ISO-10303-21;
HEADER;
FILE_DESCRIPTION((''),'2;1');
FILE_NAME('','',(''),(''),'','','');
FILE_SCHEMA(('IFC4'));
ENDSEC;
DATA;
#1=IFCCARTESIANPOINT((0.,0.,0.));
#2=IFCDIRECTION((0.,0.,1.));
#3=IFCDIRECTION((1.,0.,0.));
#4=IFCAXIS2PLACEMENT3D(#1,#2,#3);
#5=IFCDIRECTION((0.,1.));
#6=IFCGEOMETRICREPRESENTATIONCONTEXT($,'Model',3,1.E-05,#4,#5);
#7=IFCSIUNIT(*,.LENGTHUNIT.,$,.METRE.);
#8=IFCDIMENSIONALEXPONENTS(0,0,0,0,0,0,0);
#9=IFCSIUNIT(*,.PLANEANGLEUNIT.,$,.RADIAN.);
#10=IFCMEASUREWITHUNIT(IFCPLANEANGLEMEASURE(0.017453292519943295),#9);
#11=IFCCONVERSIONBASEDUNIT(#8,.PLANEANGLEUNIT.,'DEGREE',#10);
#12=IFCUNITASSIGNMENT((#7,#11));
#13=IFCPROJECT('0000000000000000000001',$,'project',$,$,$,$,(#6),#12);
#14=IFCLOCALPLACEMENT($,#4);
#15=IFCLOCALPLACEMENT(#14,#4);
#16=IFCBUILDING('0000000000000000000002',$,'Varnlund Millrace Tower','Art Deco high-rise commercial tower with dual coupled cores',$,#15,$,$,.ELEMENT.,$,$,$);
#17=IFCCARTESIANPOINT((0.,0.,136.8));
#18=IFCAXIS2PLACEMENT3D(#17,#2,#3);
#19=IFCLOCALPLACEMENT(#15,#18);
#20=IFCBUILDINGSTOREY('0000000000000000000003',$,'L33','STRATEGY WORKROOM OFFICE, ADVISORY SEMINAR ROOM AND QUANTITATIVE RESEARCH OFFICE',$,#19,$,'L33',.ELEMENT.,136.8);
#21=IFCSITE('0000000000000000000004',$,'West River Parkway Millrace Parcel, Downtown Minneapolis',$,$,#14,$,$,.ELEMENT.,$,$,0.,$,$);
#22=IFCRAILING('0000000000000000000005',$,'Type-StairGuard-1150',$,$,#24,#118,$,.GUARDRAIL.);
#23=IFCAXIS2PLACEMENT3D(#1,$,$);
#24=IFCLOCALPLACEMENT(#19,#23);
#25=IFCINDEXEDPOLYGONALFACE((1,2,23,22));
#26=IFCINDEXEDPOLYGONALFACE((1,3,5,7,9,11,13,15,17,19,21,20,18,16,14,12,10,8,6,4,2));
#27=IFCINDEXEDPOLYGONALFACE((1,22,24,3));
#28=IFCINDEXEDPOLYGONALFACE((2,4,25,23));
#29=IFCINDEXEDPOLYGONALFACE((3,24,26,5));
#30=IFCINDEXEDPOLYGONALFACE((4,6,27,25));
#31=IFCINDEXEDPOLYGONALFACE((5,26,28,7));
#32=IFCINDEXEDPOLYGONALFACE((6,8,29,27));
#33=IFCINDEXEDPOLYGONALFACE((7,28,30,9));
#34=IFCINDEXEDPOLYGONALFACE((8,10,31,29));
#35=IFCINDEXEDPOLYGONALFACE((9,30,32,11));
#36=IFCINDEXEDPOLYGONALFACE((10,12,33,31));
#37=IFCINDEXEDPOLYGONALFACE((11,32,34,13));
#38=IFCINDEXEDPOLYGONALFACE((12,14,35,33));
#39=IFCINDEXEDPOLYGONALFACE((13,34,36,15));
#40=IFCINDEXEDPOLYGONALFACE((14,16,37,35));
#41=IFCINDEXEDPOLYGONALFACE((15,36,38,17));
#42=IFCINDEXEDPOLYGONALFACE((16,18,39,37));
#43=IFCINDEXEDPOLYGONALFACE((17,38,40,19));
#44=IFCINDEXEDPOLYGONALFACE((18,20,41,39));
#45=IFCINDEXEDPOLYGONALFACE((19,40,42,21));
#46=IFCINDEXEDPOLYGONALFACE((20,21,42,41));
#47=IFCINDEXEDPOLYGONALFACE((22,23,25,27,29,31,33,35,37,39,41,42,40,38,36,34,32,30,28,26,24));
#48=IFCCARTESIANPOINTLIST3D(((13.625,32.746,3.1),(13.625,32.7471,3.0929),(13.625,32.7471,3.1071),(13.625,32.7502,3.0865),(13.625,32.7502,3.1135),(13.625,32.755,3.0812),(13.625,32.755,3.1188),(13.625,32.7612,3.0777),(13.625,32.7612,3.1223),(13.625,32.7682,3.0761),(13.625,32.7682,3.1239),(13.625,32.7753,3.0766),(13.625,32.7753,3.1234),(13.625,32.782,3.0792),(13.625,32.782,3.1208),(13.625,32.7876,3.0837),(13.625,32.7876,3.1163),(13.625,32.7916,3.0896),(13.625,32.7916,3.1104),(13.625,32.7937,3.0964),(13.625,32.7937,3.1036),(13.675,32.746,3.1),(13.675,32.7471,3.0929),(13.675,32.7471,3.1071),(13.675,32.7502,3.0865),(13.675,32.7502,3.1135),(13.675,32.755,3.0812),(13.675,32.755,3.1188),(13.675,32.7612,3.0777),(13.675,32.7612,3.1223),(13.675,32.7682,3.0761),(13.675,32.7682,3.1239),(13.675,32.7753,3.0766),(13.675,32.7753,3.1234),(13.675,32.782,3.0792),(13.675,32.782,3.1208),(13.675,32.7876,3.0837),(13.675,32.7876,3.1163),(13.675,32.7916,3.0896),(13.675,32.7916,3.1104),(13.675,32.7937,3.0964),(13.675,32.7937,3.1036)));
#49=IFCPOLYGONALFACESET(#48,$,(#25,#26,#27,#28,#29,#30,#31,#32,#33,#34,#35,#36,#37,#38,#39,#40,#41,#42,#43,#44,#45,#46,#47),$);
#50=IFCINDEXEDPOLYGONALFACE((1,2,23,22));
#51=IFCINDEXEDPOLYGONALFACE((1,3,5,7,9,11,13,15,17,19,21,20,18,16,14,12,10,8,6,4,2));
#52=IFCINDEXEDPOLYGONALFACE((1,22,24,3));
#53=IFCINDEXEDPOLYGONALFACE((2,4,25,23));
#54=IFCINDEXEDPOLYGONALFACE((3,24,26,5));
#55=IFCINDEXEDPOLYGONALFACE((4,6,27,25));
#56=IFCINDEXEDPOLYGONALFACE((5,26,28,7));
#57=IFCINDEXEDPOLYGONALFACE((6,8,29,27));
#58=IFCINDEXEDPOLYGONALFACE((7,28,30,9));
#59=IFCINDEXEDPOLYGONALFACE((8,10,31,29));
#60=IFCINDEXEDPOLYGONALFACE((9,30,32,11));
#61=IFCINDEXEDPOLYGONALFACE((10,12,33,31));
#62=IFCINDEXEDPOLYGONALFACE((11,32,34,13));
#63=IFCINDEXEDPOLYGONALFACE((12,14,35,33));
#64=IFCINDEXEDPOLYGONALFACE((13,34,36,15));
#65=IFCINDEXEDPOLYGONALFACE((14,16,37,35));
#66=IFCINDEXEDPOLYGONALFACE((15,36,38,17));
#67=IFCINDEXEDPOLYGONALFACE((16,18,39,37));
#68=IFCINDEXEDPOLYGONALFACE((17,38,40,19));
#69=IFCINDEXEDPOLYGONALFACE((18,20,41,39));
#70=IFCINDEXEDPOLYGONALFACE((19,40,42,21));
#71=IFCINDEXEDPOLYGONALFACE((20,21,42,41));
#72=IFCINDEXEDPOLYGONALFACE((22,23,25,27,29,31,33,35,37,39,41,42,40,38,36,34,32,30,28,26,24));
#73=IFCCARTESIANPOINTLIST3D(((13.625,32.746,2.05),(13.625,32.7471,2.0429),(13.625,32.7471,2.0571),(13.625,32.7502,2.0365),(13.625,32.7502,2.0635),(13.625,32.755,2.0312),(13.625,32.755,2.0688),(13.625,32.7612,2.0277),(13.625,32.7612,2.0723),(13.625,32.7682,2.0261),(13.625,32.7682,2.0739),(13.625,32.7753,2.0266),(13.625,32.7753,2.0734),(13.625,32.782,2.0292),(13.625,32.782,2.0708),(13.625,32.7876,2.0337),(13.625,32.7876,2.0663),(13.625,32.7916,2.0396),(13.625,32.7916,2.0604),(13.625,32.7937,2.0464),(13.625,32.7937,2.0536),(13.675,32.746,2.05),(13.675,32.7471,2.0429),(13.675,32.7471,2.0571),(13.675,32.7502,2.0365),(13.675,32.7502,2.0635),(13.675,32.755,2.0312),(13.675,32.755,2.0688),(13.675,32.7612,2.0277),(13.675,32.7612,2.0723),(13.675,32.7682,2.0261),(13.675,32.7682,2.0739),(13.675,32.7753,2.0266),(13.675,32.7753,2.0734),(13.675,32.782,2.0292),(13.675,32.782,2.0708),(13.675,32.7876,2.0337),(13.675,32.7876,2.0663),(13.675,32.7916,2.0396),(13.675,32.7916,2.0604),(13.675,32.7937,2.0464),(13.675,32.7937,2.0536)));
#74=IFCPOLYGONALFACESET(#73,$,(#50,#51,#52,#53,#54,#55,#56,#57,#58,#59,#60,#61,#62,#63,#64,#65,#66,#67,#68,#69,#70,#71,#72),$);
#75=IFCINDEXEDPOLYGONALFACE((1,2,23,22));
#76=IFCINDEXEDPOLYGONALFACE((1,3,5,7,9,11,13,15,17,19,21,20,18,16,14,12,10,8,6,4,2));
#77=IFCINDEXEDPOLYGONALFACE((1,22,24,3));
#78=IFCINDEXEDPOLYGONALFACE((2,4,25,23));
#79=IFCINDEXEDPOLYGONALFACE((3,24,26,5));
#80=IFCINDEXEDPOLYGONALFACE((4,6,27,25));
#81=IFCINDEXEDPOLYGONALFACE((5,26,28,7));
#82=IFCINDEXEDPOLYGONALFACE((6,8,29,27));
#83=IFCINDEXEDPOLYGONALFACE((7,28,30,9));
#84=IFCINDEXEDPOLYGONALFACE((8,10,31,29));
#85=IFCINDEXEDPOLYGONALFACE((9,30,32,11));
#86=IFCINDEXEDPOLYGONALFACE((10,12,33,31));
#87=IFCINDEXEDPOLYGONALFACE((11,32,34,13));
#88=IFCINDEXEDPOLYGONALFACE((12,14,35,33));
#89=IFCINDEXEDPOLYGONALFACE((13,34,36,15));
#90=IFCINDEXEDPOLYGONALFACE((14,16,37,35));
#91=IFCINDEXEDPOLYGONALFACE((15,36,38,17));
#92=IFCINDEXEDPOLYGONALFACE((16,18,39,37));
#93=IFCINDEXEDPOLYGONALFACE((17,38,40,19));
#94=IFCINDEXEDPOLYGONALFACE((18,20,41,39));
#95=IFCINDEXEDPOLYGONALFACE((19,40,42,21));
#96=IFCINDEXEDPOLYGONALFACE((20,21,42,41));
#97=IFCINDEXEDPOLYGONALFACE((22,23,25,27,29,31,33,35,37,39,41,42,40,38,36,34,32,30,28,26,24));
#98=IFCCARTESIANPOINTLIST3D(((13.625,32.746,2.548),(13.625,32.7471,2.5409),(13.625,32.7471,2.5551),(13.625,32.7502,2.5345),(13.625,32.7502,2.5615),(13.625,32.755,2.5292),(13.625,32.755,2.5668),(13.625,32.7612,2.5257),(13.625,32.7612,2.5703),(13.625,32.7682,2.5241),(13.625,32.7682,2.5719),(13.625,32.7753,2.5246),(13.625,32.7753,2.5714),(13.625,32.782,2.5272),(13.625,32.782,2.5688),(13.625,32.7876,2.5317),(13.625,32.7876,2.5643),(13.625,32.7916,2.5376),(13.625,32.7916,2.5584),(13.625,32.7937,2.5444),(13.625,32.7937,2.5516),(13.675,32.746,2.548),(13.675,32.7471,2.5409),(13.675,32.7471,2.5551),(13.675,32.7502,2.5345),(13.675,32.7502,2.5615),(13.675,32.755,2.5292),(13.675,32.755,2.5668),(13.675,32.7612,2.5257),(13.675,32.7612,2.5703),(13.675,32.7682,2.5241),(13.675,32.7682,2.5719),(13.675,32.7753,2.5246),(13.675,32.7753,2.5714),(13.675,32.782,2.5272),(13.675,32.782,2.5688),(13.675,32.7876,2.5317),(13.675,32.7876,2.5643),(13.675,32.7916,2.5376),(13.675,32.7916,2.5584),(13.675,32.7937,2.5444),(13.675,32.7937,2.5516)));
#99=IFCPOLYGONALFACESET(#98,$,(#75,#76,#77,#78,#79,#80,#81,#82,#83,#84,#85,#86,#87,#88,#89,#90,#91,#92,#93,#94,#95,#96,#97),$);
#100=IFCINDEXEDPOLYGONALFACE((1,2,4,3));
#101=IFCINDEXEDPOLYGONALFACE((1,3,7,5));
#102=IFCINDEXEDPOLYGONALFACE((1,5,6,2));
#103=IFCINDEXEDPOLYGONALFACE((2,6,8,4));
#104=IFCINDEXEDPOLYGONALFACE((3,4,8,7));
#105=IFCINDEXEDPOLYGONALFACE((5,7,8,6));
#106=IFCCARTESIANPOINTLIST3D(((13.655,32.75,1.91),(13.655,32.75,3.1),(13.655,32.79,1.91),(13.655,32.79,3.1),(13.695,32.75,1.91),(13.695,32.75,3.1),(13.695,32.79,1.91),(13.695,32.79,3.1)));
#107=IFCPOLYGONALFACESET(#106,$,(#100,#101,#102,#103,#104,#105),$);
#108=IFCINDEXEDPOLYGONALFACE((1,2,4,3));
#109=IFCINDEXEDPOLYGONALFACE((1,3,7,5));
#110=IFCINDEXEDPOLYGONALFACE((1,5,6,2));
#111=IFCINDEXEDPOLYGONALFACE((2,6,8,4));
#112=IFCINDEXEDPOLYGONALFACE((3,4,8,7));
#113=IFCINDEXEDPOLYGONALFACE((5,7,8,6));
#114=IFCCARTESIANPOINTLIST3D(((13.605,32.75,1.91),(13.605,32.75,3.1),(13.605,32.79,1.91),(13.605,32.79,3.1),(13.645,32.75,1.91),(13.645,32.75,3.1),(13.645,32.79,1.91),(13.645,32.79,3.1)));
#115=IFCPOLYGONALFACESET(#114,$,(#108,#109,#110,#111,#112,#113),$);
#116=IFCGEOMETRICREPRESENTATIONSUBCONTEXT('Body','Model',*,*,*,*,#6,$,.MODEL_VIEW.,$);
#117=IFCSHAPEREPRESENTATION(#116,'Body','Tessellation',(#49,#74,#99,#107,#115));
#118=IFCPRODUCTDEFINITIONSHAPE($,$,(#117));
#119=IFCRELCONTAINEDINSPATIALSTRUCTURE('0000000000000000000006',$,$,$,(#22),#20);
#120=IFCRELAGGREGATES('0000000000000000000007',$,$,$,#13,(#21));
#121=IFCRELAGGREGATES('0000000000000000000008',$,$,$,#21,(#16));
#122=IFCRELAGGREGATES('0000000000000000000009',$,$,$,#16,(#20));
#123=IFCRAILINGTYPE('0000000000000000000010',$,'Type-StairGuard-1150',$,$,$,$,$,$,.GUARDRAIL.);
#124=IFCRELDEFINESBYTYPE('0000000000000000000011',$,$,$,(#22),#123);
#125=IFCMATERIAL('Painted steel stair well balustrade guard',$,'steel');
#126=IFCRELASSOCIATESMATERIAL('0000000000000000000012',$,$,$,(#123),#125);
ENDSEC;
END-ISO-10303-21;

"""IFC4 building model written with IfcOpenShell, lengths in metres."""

from ifc_helpers import new_model, entity, si_unit, converted_unit, direction, frame, origin_with_axes, origin_2d_with_axis, place, context, subcontext, project, spatial, rectangle, circle, extrude, material, type_object, element, save


model = new_model("IFC4")

# Units and contexts
model_context = context("Model", 3, precision=1e-05, world=origin_with_axes(), true_north=direction((0.0, 1.0)))
body_context = subcontext(model_context, "Body", "Model", "MODEL_VIEW")
ifc_project = project(units=[si_unit("LENGTHUNIT", "METRE"), converted_unit("PLANEANGLEUNIT", "DEGREE", entity("IfcPlaneAngleMeasure", 0.017453292519943295), si_unit("PLANEANGLEUNIT", "RADIAN"), dimensions=[0, 0, 0, 0, 0, 0, 0])], contexts=[model_context])

# Site, building, storey
site_placement = place(None, origin_with_axes())
site = spatial("IfcSite", under=ifc_project, at=site_placement, Name="West River Parkway Millrace Parcel, Downtown Minneapolis", CompositionType="ELEMENT", RefElevation=0.0)
building_placement = place(site_placement, origin_with_axes())
building = spatial("IfcBuilding", under=site, at=building_placement, Name="Varnlund Millrace Tower", Description="Art Deco high-rise commercial tower with dual coupled cores", CompositionType="ELEMENT")
storey_placement = place(building_placement, frame((0.0, 0.0, 136.8), z_axis=(0.0, 0.0, 1.0), x_axis=(1.0, 0.0, 0.0)))
storey = spatial("IfcBuildingStorey", under=building, at=storey_placement, Name="L33", Description="STRATEGY WORKROOM OFFICE, ADVISORY SEMINAR ROOM AND QUANTITATIVE RESEARCH OFFICE", LongName="L33", CompositionType="ELEMENT", Elevation=136.8)

# Railing
ifc_material_1 = material(Name="Painted steel stair well balustrade guard", Category="steel")
railing_type_1 = type_object("IfcRailingType", Name="Type-StairGuard-1150", PredefinedType="GUARDRAIL", material=ifc_material_1)
railing_1_placement = place(storey_placement, frame((0.0, 0.0, -136.8), z_axis=(0.0, 0.0, 1.0), x_axis=(1.0, 0.0, 0.0)))
element("IfcRailing", 1, at=railing_1_placement, inside=storey, type_object=railing_type_1, Name="Type-StairGuard-1150", PredefinedType="GUARDRAIL", context=body_context, shape_type="SweptSolid", body=[
    extrude(circle(Radius=0.024, at=origin_2d_with_axis()), frame((13.675, 32.77, 139.9), z_axis=(-1.0, 0.0, 0.0), x_axis=(0.0, -1.0, 0.0)), (0.0, 0.0, 1.0), 0.05),
    extrude(circle(Radius=0.024, at=origin_2d_with_axis()), frame((13.675, 32.77, 138.85), z_axis=(-1.0, 0.0, 0.0), x_axis=(0.0, -1.0, 0.0)), (0.0, 0.0, 1.0), 0.05),
    extrude(circle(Radius=0.024, at=origin_2d_with_axis()), frame((13.675, 32.77, 139.348), z_axis=(-1.0, 0.0, 0.0), x_axis=(0.0, -1.0, 0.0)), (0.0, 0.0, 1.0), 0.05),
    extrude(rectangle(XDim=0.04, YDim=0.04, at=origin_2d_with_axis()), frame((13.675, 32.77, 138.71), z_axis=(0.0, 0.0, 1.0), x_axis=(1.0, 0.0, 0.0)), (0.0, 0.0, 1.0), 1.19),
    extrude(rectangle(XDim=0.04, YDim=0.04, at=origin_2d_with_axis()), frame((13.625, 32.77, 138.71), z_axis=(0.0, 0.0, 1.0), x_axis=(1.0, 0.0, 0.0)), (0.0, 0.0, 1.0), 1.19),
])

save(model, "model.ifc")
